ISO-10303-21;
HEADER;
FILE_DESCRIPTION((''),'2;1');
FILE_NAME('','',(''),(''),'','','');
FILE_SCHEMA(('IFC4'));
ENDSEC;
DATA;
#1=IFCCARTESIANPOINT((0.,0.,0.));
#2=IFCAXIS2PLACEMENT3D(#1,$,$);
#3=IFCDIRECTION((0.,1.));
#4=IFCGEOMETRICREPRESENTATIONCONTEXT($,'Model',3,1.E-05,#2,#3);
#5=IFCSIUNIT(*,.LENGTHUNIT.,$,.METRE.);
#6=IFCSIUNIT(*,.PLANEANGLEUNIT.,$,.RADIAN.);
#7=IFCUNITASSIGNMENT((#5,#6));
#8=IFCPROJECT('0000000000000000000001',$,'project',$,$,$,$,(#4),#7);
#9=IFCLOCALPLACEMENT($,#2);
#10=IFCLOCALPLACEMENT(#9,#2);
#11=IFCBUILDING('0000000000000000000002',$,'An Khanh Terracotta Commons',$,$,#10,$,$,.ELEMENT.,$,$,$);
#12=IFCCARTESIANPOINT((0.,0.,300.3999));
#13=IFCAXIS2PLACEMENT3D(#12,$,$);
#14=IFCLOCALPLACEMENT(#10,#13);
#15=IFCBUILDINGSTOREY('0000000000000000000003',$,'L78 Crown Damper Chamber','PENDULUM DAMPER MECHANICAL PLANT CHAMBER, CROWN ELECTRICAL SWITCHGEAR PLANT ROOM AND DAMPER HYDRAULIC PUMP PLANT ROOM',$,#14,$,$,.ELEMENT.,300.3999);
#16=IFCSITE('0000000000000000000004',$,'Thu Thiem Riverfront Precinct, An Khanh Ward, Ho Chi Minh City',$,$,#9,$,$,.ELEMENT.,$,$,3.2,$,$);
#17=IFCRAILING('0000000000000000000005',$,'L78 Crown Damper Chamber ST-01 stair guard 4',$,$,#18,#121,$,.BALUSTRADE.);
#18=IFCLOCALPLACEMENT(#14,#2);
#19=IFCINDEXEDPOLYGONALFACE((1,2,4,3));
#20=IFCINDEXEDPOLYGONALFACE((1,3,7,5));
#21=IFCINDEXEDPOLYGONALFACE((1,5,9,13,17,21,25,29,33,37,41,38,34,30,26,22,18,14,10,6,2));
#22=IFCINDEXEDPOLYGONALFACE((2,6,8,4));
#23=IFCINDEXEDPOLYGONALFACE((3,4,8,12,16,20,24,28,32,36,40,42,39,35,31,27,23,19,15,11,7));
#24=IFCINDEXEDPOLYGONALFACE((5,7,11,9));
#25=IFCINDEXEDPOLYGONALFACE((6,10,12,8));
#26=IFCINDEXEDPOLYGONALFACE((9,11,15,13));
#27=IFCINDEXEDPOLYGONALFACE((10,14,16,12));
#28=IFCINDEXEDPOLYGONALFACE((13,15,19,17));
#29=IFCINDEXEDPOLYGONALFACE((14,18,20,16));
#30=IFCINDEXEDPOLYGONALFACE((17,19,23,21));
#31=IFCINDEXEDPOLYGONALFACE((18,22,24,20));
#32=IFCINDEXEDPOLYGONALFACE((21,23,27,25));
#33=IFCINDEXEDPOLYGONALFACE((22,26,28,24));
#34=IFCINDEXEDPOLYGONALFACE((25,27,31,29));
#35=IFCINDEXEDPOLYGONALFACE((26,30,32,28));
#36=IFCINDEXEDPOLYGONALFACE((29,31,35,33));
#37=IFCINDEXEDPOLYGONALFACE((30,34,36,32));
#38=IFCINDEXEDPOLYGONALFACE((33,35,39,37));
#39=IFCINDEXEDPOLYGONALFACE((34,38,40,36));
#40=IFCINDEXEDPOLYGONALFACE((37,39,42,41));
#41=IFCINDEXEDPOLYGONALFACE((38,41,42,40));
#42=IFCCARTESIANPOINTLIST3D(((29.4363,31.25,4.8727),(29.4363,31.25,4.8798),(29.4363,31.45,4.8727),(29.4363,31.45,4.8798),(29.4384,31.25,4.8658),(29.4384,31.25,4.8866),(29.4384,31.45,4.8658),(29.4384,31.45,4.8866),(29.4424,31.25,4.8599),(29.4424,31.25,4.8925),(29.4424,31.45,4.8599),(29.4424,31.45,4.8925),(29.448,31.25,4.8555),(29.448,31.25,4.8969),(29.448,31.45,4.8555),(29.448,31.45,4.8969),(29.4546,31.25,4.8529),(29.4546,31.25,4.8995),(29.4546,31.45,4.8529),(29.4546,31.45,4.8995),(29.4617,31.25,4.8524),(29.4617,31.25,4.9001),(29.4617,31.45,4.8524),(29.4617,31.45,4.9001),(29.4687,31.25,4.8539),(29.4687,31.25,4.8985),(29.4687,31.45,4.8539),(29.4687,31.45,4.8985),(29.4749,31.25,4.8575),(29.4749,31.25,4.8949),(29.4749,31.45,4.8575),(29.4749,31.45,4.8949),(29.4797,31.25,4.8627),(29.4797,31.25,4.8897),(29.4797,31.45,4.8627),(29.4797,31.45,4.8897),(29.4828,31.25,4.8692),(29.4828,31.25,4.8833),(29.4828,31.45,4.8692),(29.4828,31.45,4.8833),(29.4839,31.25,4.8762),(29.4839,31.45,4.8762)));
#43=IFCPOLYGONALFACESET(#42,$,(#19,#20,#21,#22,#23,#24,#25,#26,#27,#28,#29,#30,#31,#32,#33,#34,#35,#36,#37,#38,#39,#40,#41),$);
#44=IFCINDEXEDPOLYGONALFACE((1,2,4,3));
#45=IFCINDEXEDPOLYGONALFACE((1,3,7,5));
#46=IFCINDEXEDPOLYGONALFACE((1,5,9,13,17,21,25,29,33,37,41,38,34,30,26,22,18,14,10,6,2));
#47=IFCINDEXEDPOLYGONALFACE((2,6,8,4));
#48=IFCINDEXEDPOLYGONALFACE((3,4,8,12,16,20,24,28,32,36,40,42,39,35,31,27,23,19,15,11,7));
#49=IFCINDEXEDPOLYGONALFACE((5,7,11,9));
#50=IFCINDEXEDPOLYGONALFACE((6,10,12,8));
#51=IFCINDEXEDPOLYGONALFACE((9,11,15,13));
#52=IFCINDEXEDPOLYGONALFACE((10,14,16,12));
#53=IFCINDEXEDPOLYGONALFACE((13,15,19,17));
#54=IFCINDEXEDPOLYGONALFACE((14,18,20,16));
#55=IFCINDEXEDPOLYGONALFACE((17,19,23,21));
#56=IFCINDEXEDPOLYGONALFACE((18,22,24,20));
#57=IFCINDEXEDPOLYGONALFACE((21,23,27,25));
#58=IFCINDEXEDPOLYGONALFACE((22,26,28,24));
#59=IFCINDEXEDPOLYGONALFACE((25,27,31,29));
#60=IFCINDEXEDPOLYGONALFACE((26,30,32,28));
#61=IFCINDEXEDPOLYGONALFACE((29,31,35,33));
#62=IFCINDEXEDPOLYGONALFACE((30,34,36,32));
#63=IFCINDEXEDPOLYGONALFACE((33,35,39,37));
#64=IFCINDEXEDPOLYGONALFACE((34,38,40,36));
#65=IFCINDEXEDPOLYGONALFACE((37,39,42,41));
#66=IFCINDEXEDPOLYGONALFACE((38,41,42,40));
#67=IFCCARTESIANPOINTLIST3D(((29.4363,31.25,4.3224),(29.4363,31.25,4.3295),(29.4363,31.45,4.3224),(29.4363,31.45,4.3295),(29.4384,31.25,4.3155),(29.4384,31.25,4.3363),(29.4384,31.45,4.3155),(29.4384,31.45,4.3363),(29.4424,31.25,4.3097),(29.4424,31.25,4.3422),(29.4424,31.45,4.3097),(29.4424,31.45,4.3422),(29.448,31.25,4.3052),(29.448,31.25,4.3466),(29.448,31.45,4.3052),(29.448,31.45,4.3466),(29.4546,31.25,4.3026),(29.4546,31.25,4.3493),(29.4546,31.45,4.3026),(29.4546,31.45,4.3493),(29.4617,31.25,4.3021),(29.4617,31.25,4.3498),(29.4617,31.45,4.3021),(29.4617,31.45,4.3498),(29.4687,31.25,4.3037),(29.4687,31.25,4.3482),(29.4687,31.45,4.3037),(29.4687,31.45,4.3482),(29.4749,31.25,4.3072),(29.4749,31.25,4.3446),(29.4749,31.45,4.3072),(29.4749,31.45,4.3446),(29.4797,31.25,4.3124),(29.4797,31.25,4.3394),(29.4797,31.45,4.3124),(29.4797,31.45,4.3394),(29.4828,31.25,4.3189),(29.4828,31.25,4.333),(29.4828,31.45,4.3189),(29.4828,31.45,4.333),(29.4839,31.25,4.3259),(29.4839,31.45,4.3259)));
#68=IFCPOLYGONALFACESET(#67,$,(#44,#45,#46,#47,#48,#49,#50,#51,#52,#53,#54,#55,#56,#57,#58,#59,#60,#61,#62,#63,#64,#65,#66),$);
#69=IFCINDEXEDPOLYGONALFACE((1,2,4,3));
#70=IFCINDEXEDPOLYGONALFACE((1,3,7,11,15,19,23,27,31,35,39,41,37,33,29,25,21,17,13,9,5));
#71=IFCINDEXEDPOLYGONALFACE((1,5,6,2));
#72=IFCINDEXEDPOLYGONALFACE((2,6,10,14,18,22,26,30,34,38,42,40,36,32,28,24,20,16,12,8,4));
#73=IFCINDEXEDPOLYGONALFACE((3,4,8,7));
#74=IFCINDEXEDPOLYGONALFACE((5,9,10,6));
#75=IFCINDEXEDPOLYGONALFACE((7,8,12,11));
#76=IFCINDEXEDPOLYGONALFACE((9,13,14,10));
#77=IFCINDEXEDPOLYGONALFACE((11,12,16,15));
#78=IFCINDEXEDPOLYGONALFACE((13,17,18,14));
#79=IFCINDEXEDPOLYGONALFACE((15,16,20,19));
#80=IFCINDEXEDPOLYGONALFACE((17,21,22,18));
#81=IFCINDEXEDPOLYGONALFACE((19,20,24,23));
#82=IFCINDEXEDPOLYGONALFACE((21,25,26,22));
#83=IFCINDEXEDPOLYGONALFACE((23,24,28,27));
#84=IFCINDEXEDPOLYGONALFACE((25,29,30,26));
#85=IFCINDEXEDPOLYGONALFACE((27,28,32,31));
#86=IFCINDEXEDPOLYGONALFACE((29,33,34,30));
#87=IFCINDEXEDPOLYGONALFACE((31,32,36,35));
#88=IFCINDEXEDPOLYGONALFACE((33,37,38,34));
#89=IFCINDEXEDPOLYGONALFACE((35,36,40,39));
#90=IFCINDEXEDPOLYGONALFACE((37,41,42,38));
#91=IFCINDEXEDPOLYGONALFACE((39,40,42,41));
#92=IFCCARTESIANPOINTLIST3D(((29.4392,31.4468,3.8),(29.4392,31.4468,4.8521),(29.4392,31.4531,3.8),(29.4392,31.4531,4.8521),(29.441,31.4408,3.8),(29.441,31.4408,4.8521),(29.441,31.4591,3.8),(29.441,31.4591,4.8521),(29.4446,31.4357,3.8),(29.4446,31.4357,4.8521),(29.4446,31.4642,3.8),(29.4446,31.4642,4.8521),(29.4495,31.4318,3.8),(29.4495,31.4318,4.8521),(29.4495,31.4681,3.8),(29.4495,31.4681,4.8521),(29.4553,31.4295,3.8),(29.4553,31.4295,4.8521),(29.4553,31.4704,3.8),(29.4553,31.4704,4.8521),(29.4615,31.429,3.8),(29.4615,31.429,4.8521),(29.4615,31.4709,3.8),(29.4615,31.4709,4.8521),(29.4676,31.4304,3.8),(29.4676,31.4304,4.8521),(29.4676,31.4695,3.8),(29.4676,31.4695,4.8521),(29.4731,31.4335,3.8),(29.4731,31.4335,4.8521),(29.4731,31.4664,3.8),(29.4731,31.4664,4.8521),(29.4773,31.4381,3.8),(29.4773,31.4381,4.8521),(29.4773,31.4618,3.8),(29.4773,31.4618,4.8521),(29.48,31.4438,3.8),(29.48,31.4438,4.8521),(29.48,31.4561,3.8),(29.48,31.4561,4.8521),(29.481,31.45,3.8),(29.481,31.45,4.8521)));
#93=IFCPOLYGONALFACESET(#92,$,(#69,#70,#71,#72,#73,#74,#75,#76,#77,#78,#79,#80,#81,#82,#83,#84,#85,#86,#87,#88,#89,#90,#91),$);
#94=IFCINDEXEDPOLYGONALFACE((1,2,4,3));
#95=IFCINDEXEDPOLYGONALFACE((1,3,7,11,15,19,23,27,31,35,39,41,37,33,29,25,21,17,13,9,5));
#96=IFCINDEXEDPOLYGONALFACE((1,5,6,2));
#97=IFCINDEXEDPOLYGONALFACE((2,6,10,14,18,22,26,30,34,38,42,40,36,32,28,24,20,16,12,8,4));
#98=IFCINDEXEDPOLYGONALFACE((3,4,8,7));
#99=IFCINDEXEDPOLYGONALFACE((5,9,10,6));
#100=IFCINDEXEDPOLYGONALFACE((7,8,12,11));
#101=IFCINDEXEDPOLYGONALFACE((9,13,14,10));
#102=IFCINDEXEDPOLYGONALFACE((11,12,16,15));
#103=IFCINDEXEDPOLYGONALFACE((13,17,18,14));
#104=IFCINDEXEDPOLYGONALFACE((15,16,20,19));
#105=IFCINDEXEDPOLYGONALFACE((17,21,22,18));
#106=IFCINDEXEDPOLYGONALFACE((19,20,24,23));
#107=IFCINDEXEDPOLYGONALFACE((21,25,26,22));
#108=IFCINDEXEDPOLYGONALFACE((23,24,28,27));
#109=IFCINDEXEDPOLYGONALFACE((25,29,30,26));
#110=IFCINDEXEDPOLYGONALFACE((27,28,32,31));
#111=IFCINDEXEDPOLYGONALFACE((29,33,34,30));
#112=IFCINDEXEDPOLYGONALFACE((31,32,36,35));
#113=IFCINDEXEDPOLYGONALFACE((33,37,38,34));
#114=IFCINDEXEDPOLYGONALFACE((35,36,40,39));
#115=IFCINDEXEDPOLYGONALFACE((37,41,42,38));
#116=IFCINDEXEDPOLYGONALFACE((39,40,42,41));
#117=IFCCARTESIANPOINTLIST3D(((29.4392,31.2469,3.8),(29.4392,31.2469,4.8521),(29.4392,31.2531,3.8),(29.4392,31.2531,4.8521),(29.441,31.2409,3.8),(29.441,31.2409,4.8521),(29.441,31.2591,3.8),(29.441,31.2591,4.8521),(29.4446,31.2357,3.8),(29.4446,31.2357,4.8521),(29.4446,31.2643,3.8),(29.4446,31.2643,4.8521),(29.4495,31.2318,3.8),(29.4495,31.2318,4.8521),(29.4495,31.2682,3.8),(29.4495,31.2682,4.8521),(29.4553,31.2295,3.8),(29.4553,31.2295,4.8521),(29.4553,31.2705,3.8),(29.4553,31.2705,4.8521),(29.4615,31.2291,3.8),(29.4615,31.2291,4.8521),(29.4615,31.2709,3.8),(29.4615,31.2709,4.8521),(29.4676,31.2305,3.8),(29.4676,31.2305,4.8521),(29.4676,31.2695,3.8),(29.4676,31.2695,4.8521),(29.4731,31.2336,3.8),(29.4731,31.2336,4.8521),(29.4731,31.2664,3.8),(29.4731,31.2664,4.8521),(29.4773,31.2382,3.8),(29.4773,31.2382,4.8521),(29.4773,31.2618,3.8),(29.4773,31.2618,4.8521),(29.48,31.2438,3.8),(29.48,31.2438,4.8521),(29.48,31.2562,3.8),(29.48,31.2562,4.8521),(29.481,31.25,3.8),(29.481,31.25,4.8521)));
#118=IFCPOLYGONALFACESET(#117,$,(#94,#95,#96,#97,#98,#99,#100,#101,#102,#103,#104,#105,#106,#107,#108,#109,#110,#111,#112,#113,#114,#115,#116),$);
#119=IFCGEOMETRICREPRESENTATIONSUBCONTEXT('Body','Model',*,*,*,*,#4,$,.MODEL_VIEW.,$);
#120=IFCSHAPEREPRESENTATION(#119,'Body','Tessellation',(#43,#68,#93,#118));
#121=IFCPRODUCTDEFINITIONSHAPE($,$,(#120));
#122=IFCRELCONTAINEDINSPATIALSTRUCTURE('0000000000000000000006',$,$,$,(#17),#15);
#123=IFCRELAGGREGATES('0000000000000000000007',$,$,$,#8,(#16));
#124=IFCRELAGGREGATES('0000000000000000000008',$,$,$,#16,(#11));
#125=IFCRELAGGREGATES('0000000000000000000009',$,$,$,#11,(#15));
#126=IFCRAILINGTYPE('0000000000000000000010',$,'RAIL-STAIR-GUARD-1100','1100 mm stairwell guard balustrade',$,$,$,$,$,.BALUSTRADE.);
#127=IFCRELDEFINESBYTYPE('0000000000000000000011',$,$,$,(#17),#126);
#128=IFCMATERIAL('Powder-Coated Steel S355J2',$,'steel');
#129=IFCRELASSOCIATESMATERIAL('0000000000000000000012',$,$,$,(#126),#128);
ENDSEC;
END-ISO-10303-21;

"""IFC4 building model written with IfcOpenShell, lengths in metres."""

from ifc_helpers import new_model, si_unit, direction, frame, origin, origin_2d, place, context, subcontext, project, spatial, circle, extrude, material, type_object, element, save


model = new_model("IFC4")

# Units and contexts
model_context = context("Model", 3, precision=1e-05, world=origin(), true_north=direction((0.0, 1.0)))
body_context = subcontext(model_context, "Body", "Model", "MODEL_VIEW")
ifc_project = project(units=[si_unit("LENGTHUNIT", "METRE"), si_unit("PLANEANGLEUNIT", "RADIAN")], contexts=[model_context])

# Site, building, storey
site_placement = place(None, origin())
site = spatial("IfcSite", under=ifc_project, at=site_placement, Name="Thu Thiem Riverfront Precinct, An Khanh Ward, Ho Chi Minh City", CompositionType="ELEMENT", RefElevation=3.2)
building_placement = place(site_placement, origin())
building = spatial("IfcBuilding", under=site, at=building_placement, Name="An Khanh Terracotta Commons", CompositionType="ELEMENT")
storey_placement = place(building_placement, frame((0.0, 0.0, 300.3999)))
storey = spatial("IfcBuildingStorey", under=building, at=storey_placement, Name="L78 Crown Damper Chamber", Description="PENDULUM DAMPER MECHANICAL PLANT CHAMBER, CROWN ELECTRICAL SWITCHGEAR PLANT ROOM AND DAMPER HYDRAULIC PUMP PLANT ROOM", CompositionType="ELEMENT", Elevation=300.3999)

# Railing
ifc_material_1 = material(Name="Powder-Coated Steel S355J2", Category="steel")
railing_type = type_object("IfcRailingType", Name="RAIL-STAIR-GUARD-1100", Description="1100 mm stairwell guard balustrade", PredefinedType="BALUSTRADE", material=ifc_material_1)
railing_1_placement = place(storey_placement, frame((29.46, 31.45, 3.8)))
element("IfcRailing", 1, at=railing_1_placement, inside=storey, type_object=railing_type, Name="L78 Crown Damper Chamber ST-01 stair guard 4", PredefinedType="BALUSTRADE", context=body_context, shape_type="SweptSolid", body=[
    extrude(circle(Radius=0.0239, at=origin_2d()), frame((0.0, 0.0, 1.0762), z_axis=(0.0, -1.0, 0.0), x_axis=(1.0, 0.0, 0.0)), (0.0, 0.0, 1.0), 0.2),
    extrude(circle(Radius=0.0239, at=origin_2d()), frame((0.0, 0.0, 0.5259), z_axis=(0.0, -1.0, 0.0), x_axis=(1.0, 0.0, 0.0)), (0.0, 0.0, 1.0), 0.2),
    extrude(circle(Radius=0.021, at=origin_2d()), origin(), (0.0, 0.0, 1.0), 1.052),
    extrude(circle(Radius=0.021, at=origin_2d()), frame((0.0, -0.2, 0.0)), (0.0, 0.0, 1.0), 1.052),
])

save(model, "model.ifc")
